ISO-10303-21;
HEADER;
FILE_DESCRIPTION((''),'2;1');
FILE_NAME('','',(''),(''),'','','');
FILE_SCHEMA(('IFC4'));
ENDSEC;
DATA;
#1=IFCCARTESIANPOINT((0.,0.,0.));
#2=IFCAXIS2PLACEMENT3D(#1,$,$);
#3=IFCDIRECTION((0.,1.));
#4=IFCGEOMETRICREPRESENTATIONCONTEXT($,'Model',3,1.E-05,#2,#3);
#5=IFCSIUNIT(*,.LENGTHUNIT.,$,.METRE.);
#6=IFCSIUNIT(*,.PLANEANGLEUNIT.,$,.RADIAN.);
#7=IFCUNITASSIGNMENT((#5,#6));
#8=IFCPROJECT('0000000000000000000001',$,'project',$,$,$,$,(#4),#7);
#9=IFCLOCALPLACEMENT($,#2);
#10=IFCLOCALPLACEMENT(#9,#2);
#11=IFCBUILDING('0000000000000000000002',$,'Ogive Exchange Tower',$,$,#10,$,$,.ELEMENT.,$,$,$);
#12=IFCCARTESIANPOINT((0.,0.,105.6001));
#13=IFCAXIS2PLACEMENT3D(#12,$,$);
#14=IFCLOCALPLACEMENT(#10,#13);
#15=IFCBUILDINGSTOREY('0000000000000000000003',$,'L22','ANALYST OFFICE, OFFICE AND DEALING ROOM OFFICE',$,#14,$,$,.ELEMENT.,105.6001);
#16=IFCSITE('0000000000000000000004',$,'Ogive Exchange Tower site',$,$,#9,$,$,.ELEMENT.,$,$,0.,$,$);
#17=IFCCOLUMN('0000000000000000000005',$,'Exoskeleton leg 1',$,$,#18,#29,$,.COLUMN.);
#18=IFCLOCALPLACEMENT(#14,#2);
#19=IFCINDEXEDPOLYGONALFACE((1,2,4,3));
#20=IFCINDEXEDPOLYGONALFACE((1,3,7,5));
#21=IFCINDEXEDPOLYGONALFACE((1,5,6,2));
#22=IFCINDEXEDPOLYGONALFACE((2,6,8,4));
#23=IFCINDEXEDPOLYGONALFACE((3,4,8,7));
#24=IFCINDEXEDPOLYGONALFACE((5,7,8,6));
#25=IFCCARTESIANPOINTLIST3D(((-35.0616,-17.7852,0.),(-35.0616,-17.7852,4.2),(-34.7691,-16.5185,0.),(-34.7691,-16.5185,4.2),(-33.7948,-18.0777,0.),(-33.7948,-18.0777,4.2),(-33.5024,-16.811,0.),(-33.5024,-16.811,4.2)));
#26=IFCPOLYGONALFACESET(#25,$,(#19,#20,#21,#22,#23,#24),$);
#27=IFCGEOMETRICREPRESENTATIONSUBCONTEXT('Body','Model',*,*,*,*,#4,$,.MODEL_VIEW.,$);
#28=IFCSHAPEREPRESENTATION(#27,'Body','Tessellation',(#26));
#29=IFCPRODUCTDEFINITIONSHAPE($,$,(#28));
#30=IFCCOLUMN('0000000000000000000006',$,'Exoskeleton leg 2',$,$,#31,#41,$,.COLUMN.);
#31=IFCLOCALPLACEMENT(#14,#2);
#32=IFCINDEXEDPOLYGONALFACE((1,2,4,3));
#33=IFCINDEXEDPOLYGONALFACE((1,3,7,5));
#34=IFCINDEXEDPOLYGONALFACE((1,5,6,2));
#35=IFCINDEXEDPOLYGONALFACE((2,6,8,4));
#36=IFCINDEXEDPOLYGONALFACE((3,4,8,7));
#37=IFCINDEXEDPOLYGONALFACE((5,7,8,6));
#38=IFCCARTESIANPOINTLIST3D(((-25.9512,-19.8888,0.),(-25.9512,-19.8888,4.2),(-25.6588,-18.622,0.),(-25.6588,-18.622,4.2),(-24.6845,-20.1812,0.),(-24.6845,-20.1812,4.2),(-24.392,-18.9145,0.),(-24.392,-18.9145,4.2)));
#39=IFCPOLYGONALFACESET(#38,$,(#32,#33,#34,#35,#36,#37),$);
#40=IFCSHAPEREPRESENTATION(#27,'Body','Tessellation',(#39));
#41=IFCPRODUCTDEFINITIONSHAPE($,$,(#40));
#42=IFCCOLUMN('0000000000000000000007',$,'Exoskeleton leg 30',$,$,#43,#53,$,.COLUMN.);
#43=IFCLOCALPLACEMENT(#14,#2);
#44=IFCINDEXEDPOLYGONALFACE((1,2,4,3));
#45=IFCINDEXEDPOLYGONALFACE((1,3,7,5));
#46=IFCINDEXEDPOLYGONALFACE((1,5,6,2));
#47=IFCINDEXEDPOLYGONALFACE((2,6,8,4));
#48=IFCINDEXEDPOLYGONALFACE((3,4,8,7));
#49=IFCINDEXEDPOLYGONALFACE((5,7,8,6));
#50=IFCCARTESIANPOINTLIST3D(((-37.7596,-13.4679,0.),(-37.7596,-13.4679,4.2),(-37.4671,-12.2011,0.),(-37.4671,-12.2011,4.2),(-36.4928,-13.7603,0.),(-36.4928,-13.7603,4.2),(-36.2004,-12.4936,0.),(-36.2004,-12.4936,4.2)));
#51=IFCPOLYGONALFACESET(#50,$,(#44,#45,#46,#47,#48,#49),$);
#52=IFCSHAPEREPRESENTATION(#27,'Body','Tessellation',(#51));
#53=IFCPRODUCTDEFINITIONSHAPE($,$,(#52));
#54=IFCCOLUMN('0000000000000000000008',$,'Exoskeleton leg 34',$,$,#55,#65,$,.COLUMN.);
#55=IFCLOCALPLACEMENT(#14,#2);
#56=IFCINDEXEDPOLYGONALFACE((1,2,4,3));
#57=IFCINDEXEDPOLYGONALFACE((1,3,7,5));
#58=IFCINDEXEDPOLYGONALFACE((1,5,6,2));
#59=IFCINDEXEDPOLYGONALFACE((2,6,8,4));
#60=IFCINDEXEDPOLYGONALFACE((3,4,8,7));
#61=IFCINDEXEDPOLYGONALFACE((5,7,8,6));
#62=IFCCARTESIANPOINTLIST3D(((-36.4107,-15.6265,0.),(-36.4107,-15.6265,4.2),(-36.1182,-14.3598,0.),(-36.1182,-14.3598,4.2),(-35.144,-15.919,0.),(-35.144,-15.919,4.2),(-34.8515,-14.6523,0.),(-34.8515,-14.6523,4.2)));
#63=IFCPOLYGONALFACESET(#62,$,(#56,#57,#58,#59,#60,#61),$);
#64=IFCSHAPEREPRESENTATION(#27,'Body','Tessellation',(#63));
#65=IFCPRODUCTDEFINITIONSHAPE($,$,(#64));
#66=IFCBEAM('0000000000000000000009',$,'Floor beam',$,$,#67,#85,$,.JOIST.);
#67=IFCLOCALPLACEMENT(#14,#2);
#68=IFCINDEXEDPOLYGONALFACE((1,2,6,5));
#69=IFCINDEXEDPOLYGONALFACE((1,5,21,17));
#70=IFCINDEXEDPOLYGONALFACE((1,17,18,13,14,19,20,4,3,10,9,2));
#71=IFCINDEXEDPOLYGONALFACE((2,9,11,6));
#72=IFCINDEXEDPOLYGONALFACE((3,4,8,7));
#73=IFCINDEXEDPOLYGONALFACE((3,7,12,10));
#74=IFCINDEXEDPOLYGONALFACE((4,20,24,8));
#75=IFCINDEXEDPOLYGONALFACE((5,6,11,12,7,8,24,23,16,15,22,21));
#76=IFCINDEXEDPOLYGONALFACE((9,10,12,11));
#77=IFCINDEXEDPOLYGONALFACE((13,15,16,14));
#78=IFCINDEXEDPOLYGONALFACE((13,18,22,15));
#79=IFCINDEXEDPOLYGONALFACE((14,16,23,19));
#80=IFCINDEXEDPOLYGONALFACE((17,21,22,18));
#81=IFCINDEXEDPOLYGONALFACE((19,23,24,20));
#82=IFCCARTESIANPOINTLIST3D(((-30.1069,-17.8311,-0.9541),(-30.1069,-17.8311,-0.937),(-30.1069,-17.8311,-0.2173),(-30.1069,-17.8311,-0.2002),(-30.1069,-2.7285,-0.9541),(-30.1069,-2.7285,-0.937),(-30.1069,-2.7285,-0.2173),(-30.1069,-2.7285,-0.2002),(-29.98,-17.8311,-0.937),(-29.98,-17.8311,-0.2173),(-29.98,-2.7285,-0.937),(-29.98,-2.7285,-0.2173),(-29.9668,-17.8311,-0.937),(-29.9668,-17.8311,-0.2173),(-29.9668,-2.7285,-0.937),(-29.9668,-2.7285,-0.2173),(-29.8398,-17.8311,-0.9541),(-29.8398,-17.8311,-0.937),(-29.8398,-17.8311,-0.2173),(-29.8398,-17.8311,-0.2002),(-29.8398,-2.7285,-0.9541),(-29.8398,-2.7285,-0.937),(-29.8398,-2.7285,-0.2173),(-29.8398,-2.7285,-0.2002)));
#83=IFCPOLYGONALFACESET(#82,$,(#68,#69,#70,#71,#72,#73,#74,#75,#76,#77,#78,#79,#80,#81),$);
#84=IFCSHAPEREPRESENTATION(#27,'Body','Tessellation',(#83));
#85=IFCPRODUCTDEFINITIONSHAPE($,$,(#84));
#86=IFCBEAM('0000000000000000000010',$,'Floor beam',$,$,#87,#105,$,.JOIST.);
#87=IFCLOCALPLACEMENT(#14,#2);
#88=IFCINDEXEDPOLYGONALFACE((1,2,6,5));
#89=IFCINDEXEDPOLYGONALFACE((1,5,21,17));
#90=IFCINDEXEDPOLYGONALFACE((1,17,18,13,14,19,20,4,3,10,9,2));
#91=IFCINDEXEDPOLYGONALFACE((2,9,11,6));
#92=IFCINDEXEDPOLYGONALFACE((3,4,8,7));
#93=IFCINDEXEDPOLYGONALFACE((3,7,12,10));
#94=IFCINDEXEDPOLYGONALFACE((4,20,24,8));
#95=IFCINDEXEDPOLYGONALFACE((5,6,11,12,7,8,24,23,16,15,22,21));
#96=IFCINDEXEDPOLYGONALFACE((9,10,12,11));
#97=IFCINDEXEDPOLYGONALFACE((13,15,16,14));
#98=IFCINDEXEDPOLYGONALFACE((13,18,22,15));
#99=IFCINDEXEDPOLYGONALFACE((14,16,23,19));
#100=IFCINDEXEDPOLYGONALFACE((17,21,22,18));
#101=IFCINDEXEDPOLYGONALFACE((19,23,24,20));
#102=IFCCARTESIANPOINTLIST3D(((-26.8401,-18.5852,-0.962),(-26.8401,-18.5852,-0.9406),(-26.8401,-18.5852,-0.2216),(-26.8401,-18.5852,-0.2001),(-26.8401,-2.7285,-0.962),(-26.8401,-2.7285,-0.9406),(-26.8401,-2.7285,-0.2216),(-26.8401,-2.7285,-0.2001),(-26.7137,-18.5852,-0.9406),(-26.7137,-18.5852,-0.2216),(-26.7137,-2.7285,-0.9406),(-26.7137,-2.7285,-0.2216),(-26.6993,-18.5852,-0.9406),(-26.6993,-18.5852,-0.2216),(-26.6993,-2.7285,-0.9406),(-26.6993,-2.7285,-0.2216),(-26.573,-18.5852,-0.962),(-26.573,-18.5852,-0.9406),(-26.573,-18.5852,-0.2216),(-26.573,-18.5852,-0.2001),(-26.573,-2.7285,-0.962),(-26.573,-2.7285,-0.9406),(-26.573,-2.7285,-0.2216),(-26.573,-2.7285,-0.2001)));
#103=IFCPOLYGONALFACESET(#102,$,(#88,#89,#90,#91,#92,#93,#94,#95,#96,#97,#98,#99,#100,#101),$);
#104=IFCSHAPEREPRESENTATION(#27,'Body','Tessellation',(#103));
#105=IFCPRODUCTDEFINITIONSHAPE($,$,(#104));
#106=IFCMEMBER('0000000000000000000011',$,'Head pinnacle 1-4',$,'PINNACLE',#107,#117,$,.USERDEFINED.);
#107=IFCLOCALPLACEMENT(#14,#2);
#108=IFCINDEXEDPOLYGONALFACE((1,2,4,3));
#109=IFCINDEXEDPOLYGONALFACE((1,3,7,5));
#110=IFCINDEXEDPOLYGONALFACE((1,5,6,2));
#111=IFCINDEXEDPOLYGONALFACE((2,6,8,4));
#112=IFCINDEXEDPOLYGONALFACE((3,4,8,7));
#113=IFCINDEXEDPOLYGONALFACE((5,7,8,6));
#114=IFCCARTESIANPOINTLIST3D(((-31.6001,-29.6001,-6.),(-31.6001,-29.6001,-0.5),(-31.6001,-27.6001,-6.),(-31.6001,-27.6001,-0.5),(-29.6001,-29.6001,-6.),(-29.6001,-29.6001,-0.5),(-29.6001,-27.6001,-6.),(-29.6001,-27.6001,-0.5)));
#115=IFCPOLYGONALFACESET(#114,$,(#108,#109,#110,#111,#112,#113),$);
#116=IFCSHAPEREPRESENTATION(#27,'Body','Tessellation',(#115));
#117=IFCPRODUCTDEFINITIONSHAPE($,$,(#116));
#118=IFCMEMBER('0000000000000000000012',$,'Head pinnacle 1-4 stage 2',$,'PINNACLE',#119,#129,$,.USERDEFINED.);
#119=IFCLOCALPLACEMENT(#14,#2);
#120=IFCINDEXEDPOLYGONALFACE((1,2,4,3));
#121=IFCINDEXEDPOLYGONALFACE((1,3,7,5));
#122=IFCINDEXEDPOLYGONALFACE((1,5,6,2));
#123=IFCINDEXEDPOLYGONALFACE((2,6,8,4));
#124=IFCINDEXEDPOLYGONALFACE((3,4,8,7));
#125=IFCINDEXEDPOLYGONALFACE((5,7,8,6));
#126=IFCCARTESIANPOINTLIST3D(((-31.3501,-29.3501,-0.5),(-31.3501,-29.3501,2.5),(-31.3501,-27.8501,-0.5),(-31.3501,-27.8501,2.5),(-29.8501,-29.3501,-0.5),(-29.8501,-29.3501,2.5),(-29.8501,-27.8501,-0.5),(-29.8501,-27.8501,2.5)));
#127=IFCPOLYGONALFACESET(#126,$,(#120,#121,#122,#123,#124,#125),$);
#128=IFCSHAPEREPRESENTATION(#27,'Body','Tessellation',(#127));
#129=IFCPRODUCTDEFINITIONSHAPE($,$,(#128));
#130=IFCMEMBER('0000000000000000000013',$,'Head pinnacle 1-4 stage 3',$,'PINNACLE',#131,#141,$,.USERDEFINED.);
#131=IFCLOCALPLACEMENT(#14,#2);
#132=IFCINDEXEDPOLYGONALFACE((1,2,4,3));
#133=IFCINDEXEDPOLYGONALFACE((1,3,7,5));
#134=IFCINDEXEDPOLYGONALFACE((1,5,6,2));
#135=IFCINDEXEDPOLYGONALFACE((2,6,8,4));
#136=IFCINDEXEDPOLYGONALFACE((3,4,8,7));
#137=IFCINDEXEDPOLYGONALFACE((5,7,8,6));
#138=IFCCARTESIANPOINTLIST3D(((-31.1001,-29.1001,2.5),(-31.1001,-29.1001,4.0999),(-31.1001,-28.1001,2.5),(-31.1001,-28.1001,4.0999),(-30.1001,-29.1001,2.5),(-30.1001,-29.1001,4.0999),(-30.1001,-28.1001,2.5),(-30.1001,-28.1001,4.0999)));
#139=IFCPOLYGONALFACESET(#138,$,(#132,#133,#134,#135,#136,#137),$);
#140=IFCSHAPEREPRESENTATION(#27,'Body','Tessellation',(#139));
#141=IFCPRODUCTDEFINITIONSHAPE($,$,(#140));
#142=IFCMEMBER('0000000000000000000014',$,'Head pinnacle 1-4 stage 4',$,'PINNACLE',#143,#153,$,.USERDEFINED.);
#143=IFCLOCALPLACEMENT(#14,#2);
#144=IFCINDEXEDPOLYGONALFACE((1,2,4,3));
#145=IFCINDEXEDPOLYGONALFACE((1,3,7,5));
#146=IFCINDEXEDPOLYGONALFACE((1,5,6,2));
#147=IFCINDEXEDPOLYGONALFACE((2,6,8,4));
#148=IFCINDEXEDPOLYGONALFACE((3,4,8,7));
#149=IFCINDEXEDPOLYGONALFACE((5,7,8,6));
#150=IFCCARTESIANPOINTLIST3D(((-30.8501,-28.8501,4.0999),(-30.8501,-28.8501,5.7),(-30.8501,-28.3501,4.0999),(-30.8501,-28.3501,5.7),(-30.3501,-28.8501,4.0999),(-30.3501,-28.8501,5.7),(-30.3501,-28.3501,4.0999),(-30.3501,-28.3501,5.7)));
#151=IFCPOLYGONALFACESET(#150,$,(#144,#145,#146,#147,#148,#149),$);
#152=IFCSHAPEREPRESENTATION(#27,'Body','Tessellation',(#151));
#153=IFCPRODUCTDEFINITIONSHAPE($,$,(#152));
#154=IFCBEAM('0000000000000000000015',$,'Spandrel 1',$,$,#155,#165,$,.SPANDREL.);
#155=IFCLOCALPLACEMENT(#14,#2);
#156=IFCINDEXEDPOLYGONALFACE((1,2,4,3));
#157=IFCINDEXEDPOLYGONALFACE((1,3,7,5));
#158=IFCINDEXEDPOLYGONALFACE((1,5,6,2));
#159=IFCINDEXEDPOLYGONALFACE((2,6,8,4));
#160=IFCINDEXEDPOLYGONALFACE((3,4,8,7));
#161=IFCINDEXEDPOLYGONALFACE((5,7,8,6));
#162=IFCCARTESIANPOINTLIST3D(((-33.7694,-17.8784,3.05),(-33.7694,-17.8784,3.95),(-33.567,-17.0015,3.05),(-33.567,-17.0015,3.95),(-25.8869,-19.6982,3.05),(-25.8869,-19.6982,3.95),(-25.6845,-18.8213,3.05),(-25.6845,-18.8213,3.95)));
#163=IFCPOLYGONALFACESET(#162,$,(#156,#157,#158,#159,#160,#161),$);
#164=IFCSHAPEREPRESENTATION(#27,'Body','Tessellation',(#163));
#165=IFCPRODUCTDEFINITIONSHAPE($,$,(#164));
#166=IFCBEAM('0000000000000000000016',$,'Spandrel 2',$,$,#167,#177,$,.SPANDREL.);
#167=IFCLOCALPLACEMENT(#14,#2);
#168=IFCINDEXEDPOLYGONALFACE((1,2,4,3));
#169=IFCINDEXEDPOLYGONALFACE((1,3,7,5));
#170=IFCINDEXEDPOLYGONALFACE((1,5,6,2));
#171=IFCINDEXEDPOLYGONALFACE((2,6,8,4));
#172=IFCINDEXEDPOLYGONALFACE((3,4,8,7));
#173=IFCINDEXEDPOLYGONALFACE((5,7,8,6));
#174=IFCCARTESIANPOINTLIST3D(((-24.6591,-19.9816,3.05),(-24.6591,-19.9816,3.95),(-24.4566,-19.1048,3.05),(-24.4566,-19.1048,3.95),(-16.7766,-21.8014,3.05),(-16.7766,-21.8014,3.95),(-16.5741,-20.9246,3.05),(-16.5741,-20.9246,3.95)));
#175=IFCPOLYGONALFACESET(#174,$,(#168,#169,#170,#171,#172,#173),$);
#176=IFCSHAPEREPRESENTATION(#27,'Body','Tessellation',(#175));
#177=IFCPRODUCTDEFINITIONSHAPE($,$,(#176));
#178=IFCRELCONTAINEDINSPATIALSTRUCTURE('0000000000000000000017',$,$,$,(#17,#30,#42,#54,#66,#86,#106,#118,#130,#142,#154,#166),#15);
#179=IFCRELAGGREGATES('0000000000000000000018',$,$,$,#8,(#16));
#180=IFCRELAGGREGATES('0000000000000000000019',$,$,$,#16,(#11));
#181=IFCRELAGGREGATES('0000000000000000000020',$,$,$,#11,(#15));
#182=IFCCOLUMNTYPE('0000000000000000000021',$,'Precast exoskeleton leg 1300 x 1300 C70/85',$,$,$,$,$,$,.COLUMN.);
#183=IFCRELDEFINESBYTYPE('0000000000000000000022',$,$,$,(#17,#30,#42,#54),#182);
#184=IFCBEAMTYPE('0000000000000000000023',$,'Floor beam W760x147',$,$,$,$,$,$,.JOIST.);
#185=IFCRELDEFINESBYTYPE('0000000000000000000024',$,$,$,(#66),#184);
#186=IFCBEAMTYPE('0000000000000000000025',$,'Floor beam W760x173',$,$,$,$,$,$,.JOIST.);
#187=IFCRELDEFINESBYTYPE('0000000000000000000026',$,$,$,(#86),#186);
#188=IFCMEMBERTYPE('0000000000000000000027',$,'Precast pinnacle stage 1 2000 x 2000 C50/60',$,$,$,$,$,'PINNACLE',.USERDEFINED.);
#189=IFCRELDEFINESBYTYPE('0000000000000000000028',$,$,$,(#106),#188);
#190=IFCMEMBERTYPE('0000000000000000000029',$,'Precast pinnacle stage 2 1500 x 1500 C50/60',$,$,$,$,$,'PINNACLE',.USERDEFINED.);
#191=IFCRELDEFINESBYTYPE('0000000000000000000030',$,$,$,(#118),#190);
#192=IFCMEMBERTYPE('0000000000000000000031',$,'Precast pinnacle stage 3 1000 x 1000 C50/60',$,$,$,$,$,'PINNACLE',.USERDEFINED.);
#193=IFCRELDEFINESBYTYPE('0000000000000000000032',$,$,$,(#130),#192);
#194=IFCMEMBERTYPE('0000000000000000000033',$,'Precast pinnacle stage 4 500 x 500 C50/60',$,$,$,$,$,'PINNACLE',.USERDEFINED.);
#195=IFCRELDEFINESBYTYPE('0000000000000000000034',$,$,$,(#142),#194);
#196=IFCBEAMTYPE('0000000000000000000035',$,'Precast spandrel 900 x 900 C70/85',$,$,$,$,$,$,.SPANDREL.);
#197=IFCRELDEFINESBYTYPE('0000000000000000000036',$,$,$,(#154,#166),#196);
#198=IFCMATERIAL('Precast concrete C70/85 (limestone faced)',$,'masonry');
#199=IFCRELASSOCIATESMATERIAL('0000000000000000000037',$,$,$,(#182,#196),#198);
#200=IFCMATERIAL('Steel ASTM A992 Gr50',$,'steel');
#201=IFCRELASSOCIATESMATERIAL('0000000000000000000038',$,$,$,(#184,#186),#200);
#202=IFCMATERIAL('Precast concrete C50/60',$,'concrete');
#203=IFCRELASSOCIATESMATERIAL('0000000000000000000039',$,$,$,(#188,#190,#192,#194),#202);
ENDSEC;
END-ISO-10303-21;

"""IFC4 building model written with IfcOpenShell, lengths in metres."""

from ifc_helpers import new_model, si_unit, direction, frame, origin, origin_2d, place, context, subcontext, project, spatial, rectangle, i_section, extrude, material, material_profile, profile_set, type_object, element, save


model = new_model("IFC4")

# Units and contexts
model_context = context("Model", 3, precision=1e-05, world=origin(), true_north=direction((0.0, 1.0)))
body_context = subcontext(model_context, "Body", "Model", "MODEL_VIEW")
ifc_project = project(units=[si_unit("LENGTHUNIT", "METRE"), si_unit("PLANEANGLEUNIT", "RADIAN")], contexts=[model_context])

# Site, building, storey
site_placement = place(None, origin())
site = spatial("IfcSite", under=ifc_project, at=site_placement, Name="Ogive Exchange Tower site", CompositionType="ELEMENT", RefElevation=0.0)
building_placement = place(site_placement, origin())
building = spatial("IfcBuilding", under=site, at=building_placement, Name="Ogive Exchange Tower", CompositionType="ELEMENT")
storey_placement = place(building_placement, frame((0.0, 0.0, 105.6001)))
storey = spatial("IfcBuildingStorey", under=building, at=storey_placement, Name="L22", Description="ANALYST OFFICE, OFFICE AND DEALING ROOM OFFICE", CompositionType="ELEMENT", Elevation=105.6001)

# Columns
ifc_material_1 = material(Name="Precast concrete C70/85 (limestone faced)", Category="masonry")
ifc_material_profile_1 = material_profile(ifc_material_1, rectangle(XDim=1.3, YDim=1.3, at=origin_2d()), Name="1300 x 1300")
ifc_profile_set_1 = profile_set([ifc_material_profile_1], Name="Precast concrete C70/85 (limestone faced)")
column_type = type_object("IfcColumnType", Name="Precast exoskeleton leg 1300 x 1300 C70/85", PredefinedType="COLUMN", material=ifc_profile_set_1)
for number, where, z_axis, x_axis, name in (
    (1, (-34.282, -17.2981, 0.0), (0.0, 0.0, 1.0), (0.97437, -0.224951, 0.0), "Exoskeleton leg 1"),
    (2, (-25.1716, -19.4016, 0.0), (0.0, 0.0, 1.0), (0.97437, -0.224951, 0.0), "Exoskeleton leg 2"),
    (3, (-36.98, -12.9807, 0.0), (0.0, 0.0, 1.0), (0.97437, -0.224951, 0.0), "Exoskeleton leg 30"),
    (4, (-35.6311, -15.1394, 0.0), (0.0, 0.0, 1.0), (0.97437, -0.224951, 0.0), "Exoskeleton leg 34"),
):
    element("IfcColumn", number, at=place(storey_placement, frame(where, z_axis=z_axis, x_axis=x_axis)), inside=storey, type_object=column_type, Name=name, PredefinedType="COLUMN", context=body_context, shape_type="SweptSolid", body=[
        extrude(rectangle(XDim=1.3, YDim=1.3, at=origin_2d()), origin(), (0.0, 0.0, 1.0), 4.2),
    ])

# Beams
ifc_material_2 = material(Name="Steel ASTM A992 Gr50", Category="steel")
ifc_material_profile_2 = material_profile(ifc_material_2, i_section(OverallWidth=0.2671, OverallDepth=0.7539, WebThickness=0.0132, FlangeThickness=0.0171, at=origin_2d()), Name="W760x147")
ifc_profile_set_2 = profile_set([ifc_material_profile_2], Name="Steel ASTM A992 Gr50")
beam_type_1 = type_object("IfcBeamType", Name="Floor beam W760x147", PredefinedType="JOIST", material=ifc_profile_set_2)
beam_1_placement = place(storey_placement, frame((-29.9734, -17.8311, -0.5771), z_axis=(0.0, 1.0, 0.0), x_axis=(-1.0, 0.0, 0.0)))
element("IfcBeam", 5, at=beam_1_placement, inside=storey, type_object=beam_type_1, Name="Floor beam", PredefinedType="JOIST", context=body_context, shape_type="SweptSolid", body=[
    extrude(i_section(OverallWidth=0.2671, OverallDepth=0.7539, WebThickness=0.0132, FlangeThickness=0.0171, at=origin_2d()), origin(), (0.0, 0.0, 1.0), 15.1025),
])
ifc_material_profile_3 = material_profile(ifc_material_2, i_section(OverallWidth=0.2671, OverallDepth=0.762, WebThickness=0.0144, FlangeThickness=0.0215, at=origin_2d()), Name="W760x173")
ifc_profile_set_3 = profile_set([ifc_material_profile_3], Name="Steel ASTM A992 Gr50")
beam_type_2 = type_object("IfcBeamType", Name="Floor beam W760x173", PredefinedType="JOIST", material=ifc_profile_set_3)
beam_2_placement = place(storey_placement, frame((-26.7065, -18.5852, -0.5811), z_axis=(0.0, 1.0, 0.0), x_axis=(-1.0, 0.0, 0.0)))
element("IfcBeam", 6, at=beam_2_placement, inside=storey, type_object=beam_type_2, Name="Floor beam", PredefinedType="JOIST", context=body_context, shape_type="SweptSolid", body=[
    extrude(i_section(OverallWidth=0.2671, OverallDepth=0.762, WebThickness=0.0144, FlangeThickness=0.0215, at=origin_2d()), origin(), (0.0, 0.0, 1.0), 15.8567),
])

# Members
ifc_material_3 = material(Name="Precast concrete C50/60", Category="concrete")
ifc_material_profile_4 = material_profile(ifc_material_3, rectangle(XDim=2.0, YDim=2.0, at=origin_2d()), Name="PINNACLE 1 2000 x 2000")
ifc_profile_set_4 = profile_set([ifc_material_profile_4], Name="Precast concrete C50/60")
member_type_1 = type_object("IfcMemberType", Name="Precast pinnacle stage 1 2000 x 2000 C50/60", ElementType="PINNACLE", PredefinedType="USERDEFINED", material=ifc_profile_set_4)
member_1_placement = place(storey_placement, frame((-30.6001, -28.6001, -6.0), z_axis=(0.0, 0.0, 1.0), x_axis=(1.0, 0.0, 0.0)))
element("IfcMember", 7, at=member_1_placement, inside=storey, type_object=member_type_1, Name="Head pinnacle 1-4", ObjectType="PINNACLE", PredefinedType="USERDEFINED", context=body_context, shape_type="SweptSolid", body=[
    extrude(rectangle(XDim=2.0, YDim=2.0, at=origin_2d()), origin(), (0.0, 0.0, 1.0), 5.5),
])
ifc_material_profile_5 = material_profile(ifc_material_3, rectangle(XDim=1.5, YDim=1.5, at=origin_2d()), Name="PINNACLE 2 1500 x 1500")
ifc_profile_set_5 = profile_set([ifc_material_profile_5], Name="Precast concrete C50/60")
member_type_2 = type_object("IfcMemberType", Name="Precast pinnacle stage 2 1500 x 1500 C50/60", ElementType="PINNACLE", PredefinedType="USERDEFINED", material=ifc_profile_set_5)
member_2_placement = place(storey_placement, frame((-30.6001, -28.6001, -0.5), z_axis=(0.0, 0.0, 1.0), x_axis=(1.0, 0.0, 0.0)))
element("IfcMember", 8, at=member_2_placement, inside=storey, type_object=member_type_2, Name="Head pinnacle 1-4 stage 2", ObjectType="PINNACLE", PredefinedType="USERDEFINED", context=body_context, shape_type="SweptSolid", body=[
    extrude(rectangle(XDim=1.5, YDim=1.5, at=origin_2d()), origin(), (0.0, 0.0, 1.0), 3.0),
])
ifc_material_profile_6 = material_profile(ifc_material_3, rectangle(XDim=1.0, YDim=1.0, at=origin_2d()), Name="PINNACLE 3 1000 x 1000")
ifc_profile_set_6 = profile_set([ifc_material_profile_6], Name="Precast concrete C50/60")
member_type_3 = type_object("IfcMemberType", Name="Precast pinnacle stage 3 1000 x 1000 C50/60", ElementType="PINNACLE", PredefinedType="USERDEFINED", material=ifc_profile_set_6)
member_3_placement = place(storey_placement, frame((-30.6001, -28.6001, 2.5), z_axis=(0.0, 0.0, 1.0), x_axis=(1.0, 0.0, 0.0)))
element("IfcMember", 9, at=member_3_placement, inside=storey, type_object=member_type_3, Name="Head pinnacle 1-4 stage 3", ObjectType="PINNACLE", PredefinedType="USERDEFINED", context=body_context, shape_type="SweptSolid", body=[
    extrude(rectangle(XDim=1.0, YDim=1.0, at=origin_2d()), origin(), (0.0, 0.0, 1.0), 1.5999),
])
ifc_material_profile_7 = material_profile(ifc_material_3, rectangle(XDim=0.5, YDim=0.5, at=origin_2d()), Name="PINNACLE 4 500 x 500")
ifc_profile_set_7 = profile_set([ifc_material_profile_7], Name="Precast concrete C50/60")
member_type_4 = type_object("IfcMemberType", Name="Precast pinnacle stage 4 500 x 500 C50/60", ElementType="PINNACLE", PredefinedType="USERDEFINED", material=ifc_profile_set_7)
member_4_placement = place(storey_placement, frame((-30.6001, -28.6001, 4.0999), z_axis=(0.0, 0.0, 1.0), x_axis=(1.0, 0.0, 0.0)))
element("IfcMember", 10, at=member_4_placement, inside=storey, type_object=member_type_4, Name="Head pinnacle 1-4 stage 4", ObjectType="PINNACLE", PredefinedType="USERDEFINED", context=body_context, shape_type="SweptSolid", body=[
    extrude(rectangle(XDim=0.5, YDim=0.5, at=origin_2d()), origin(), (0.0, 0.0, 1.0), 1.6001),
])

# Beams
ifc_material_profile_8 = material_profile(ifc_material_1, rectangle(XDim=0.8999, YDim=0.8999, at=origin_2d()), Name="900 x 900")
ifc_profile_set_8 = profile_set([ifc_material_profile_8], Name="Precast concrete C70/85 (limestone faced)")
beam_type_3 = type_object("IfcBeamType", Name="Precast spandrel 900 x 900 C70/85", PredefinedType="SPANDREL", material=ifc_profile_set_8)
for number, where, z_axis, x_axis, name in (
    (11, (-33.6682, -17.4399, 3.5), (0.97437, -0.22495, 0.0), (0.22495, 0.97437, 0.0), "Spandrel 1"),
    (12, (-24.5579, -19.5432, 3.5), (0.97437, -0.22495, 0.0), (0.22495, 0.97437, 0.0), "Spandrel 2"),
):
    element("IfcBeam", number, at=place(storey_placement, frame(where, z_axis=z_axis, x_axis=x_axis)), inside=storey, type_object=beam_type_3, Name=name, PredefinedType="SPANDREL", context=body_context, shape_type="SweptSolid", body=[
        extrude(rectangle(XDim=0.8999, YDim=0.8999, at=origin_2d()), origin(), (0.0, 0.0, 1.0), 8.0898),
    ])

save(model, "model.ifc")
